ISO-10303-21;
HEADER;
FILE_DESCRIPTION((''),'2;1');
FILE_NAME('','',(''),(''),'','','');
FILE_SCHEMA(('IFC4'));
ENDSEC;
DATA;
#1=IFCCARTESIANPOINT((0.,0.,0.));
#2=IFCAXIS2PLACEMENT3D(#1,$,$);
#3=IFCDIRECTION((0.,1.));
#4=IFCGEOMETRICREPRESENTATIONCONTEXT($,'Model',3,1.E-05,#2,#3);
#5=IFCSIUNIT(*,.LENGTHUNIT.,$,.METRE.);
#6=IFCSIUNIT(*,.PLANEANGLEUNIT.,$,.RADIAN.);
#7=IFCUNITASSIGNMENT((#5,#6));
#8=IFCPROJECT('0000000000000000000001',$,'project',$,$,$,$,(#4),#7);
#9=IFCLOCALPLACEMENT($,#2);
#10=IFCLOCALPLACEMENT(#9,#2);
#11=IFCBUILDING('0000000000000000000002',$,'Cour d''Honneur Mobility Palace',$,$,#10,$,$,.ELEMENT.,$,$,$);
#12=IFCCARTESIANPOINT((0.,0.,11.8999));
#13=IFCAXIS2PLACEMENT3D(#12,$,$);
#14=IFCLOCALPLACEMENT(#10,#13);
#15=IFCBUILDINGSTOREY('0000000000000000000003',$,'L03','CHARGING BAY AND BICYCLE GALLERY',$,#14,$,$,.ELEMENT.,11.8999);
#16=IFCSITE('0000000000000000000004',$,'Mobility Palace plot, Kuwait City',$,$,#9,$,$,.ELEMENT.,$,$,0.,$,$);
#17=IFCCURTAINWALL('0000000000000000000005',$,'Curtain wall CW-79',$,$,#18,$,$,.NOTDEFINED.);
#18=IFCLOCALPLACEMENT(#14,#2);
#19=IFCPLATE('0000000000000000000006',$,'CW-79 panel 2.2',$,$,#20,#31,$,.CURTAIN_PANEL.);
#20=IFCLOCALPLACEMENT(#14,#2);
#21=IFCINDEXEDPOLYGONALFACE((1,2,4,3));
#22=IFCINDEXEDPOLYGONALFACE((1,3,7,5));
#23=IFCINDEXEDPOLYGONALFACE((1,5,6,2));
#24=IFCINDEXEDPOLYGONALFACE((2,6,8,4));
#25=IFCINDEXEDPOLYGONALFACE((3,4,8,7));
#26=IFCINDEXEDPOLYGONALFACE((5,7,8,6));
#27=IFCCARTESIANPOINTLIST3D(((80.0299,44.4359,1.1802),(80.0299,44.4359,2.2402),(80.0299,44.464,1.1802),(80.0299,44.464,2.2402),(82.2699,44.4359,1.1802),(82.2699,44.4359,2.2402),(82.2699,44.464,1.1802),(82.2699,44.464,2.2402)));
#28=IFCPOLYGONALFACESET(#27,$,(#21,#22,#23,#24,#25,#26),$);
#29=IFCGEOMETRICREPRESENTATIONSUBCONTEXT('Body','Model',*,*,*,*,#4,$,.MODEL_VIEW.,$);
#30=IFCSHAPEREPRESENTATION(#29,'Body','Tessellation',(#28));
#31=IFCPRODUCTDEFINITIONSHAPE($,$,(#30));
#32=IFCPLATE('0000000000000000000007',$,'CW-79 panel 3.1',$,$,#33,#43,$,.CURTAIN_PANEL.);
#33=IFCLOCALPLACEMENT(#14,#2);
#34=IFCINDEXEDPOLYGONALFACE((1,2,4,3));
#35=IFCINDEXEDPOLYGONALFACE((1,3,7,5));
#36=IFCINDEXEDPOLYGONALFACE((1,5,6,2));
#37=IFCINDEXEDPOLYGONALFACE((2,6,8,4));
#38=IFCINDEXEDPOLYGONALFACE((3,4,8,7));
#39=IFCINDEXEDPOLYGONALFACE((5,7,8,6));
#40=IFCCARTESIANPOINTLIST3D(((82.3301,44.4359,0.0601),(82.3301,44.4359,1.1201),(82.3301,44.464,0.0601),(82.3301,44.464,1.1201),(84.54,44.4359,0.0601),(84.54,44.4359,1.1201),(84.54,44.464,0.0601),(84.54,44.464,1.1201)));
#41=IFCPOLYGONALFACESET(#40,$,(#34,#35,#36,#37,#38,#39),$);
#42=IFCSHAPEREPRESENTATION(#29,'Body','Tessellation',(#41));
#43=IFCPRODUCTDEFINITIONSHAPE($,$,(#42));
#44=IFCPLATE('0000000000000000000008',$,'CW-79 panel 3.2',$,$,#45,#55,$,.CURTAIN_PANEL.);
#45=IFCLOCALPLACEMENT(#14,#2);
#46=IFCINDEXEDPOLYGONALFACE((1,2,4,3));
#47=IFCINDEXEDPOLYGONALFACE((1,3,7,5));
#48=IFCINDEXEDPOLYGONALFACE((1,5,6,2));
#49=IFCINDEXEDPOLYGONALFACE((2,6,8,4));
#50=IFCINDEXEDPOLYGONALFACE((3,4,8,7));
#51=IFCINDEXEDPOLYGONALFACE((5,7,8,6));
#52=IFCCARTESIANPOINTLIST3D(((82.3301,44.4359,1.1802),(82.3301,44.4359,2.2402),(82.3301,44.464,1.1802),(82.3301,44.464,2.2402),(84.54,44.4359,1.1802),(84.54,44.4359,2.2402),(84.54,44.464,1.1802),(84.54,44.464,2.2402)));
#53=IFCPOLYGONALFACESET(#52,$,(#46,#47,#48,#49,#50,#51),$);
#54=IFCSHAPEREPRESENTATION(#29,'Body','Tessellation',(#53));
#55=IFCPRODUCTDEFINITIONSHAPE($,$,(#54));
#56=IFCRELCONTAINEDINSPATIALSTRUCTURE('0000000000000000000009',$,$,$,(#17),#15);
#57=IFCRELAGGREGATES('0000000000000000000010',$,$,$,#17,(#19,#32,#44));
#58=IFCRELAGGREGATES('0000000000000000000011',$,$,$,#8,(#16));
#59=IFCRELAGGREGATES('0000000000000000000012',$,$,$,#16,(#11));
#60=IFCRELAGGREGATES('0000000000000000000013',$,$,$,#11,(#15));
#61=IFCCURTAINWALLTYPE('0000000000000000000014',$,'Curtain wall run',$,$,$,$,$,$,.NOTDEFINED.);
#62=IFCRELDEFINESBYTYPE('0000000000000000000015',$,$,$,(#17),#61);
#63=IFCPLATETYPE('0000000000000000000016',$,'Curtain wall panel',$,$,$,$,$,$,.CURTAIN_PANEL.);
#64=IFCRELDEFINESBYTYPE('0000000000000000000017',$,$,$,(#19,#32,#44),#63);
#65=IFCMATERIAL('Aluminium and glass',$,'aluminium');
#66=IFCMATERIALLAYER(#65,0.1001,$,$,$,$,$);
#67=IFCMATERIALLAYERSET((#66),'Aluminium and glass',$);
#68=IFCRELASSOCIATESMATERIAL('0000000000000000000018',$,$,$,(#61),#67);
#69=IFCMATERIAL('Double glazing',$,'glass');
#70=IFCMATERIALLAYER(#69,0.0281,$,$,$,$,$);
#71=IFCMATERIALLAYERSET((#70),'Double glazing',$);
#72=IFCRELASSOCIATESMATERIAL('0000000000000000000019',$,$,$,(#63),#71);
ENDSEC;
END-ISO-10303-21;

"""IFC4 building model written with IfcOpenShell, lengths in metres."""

from ifc_helpers import new_model, si_unit, direction, frame, origin, origin_2d, place, context, subcontext, project, spatial, rectangle, extrude, material, layer, layer_set, type_object, element, aggregate, save


model = new_model("IFC4")

# Units and contexts
model_context = context("Model", 3, precision=1e-05, world=origin(), true_north=direction((0.0, 1.0)))
body_context = subcontext(model_context, "Body", "Model", "MODEL_VIEW")
ifc_project = project(units=[si_unit("LENGTHUNIT", "METRE"), si_unit("PLANEANGLEUNIT", "RADIAN")], contexts=[model_context])

# Site, building, storey
site_placement = place(None, origin())
site = spatial("IfcSite", under=ifc_project, at=site_placement, Name="Mobility Palace plot, Kuwait City", CompositionType="ELEMENT", RefElevation=0.0)
building_placement = place(site_placement, origin())
building = spatial("IfcBuilding", under=site, at=building_placement, Name="Cour d'Honneur Mobility Palace", CompositionType="ELEMENT")
storey_placement = place(building_placement, frame((0.0, 0.0, 11.8999)))
storey = spatial("IfcBuildingStorey", under=building, at=storey_placement, Name="L03", Description="CHARGING BAY AND BICYCLE GALLERY", CompositionType="ELEMENT", Elevation=11.8999)

# Curtain wall
ifc_material_1 = material(Name="Aluminium and glass", Category="aluminium")
ifc_layer_1 = layer(ifc_material_1, 0.1001)
ifc_layer_set_1 = layer_set([ifc_layer_1], Name="Aluminium and glass")
curtain_wall_type = type_object("IfcCurtainWallType", Name="Curtain wall run", PredefinedType="NOTDEFINED", material=ifc_layer_set_1)
curtain_wall_1_placement = place(storey_placement, origin())
curtain_wall_1 = element("IfcCurtainWall", 1, at=curtain_wall_1_placement, inside=storey, type_object=curtain_wall_type, Name="Curtain wall CW-79", PredefinedType="NOTDEFINED")

# Plates
ifc_material_2 = material(Name="Double glazing", Category="glass")
ifc_layer_2 = layer(ifc_material_2, 0.0281)
ifc_layer_set_2 = layer_set([ifc_layer_2], Name="Double glazing")
plate_type = type_object("IfcPlateType", Name="Curtain wall panel", PredefinedType="CURTAIN_PANEL", material=ifc_layer_set_2)
plate_1_placement = place(storey_placement, frame((81.1499, 44.45, 1.1802), z_axis=(0.0, 0.0, 1.0), x_axis=(1.0, 0.0, 0.0)))
plate_1 = element("IfcPlate", 2, at=plate_1_placement, type_object=plate_type, Name="CW-79 panel 2.2", PredefinedType="CURTAIN_PANEL", context=body_context, shape_type="SweptSolid", body=[
    extrude(rectangle(XDim=2.24, YDim=0.0281, at=origin_2d()), origin(), (0.0, 0.0, 1.0), 1.0601),
])
plate_2_placement = place(storey_placement, frame((83.4351, 44.45, 0.0601), z_axis=(0.0, 0.0, 1.0), x_axis=(1.0, 0.0, 0.0)))
plate_2 = element("IfcPlate", 3, at=plate_2_placement, type_object=plate_type, Name="CW-79 panel 3.1", PredefinedType="CURTAIN_PANEL", context=body_context, shape_type="SweptSolid", body=[
    extrude(rectangle(XDim=2.21, YDim=0.0281, at=origin_2d()), origin(), (0.0, 0.0, 1.0), 1.0601),
])
plate_3_placement = place(storey_placement, frame((83.4351, 44.45, 1.1802), z_axis=(0.0, 0.0, 1.0), x_axis=(1.0, 0.0, 0.0)))
plate_3 = element("IfcPlate", 4, at=plate_3_placement, type_object=plate_type, Name="CW-79 panel 3.2", PredefinedType="CURTAIN_PANEL", context=body_context, shape_type="SweptSolid", body=[
    extrude(rectangle(XDim=2.21, YDim=0.0281, at=origin_2d()), origin(), (0.0, 0.0, 1.0), 1.0601),
])
aggregate(curtain_wall_1, [plate_1, plate_2, plate_3])

save(model, "model.ifc")
